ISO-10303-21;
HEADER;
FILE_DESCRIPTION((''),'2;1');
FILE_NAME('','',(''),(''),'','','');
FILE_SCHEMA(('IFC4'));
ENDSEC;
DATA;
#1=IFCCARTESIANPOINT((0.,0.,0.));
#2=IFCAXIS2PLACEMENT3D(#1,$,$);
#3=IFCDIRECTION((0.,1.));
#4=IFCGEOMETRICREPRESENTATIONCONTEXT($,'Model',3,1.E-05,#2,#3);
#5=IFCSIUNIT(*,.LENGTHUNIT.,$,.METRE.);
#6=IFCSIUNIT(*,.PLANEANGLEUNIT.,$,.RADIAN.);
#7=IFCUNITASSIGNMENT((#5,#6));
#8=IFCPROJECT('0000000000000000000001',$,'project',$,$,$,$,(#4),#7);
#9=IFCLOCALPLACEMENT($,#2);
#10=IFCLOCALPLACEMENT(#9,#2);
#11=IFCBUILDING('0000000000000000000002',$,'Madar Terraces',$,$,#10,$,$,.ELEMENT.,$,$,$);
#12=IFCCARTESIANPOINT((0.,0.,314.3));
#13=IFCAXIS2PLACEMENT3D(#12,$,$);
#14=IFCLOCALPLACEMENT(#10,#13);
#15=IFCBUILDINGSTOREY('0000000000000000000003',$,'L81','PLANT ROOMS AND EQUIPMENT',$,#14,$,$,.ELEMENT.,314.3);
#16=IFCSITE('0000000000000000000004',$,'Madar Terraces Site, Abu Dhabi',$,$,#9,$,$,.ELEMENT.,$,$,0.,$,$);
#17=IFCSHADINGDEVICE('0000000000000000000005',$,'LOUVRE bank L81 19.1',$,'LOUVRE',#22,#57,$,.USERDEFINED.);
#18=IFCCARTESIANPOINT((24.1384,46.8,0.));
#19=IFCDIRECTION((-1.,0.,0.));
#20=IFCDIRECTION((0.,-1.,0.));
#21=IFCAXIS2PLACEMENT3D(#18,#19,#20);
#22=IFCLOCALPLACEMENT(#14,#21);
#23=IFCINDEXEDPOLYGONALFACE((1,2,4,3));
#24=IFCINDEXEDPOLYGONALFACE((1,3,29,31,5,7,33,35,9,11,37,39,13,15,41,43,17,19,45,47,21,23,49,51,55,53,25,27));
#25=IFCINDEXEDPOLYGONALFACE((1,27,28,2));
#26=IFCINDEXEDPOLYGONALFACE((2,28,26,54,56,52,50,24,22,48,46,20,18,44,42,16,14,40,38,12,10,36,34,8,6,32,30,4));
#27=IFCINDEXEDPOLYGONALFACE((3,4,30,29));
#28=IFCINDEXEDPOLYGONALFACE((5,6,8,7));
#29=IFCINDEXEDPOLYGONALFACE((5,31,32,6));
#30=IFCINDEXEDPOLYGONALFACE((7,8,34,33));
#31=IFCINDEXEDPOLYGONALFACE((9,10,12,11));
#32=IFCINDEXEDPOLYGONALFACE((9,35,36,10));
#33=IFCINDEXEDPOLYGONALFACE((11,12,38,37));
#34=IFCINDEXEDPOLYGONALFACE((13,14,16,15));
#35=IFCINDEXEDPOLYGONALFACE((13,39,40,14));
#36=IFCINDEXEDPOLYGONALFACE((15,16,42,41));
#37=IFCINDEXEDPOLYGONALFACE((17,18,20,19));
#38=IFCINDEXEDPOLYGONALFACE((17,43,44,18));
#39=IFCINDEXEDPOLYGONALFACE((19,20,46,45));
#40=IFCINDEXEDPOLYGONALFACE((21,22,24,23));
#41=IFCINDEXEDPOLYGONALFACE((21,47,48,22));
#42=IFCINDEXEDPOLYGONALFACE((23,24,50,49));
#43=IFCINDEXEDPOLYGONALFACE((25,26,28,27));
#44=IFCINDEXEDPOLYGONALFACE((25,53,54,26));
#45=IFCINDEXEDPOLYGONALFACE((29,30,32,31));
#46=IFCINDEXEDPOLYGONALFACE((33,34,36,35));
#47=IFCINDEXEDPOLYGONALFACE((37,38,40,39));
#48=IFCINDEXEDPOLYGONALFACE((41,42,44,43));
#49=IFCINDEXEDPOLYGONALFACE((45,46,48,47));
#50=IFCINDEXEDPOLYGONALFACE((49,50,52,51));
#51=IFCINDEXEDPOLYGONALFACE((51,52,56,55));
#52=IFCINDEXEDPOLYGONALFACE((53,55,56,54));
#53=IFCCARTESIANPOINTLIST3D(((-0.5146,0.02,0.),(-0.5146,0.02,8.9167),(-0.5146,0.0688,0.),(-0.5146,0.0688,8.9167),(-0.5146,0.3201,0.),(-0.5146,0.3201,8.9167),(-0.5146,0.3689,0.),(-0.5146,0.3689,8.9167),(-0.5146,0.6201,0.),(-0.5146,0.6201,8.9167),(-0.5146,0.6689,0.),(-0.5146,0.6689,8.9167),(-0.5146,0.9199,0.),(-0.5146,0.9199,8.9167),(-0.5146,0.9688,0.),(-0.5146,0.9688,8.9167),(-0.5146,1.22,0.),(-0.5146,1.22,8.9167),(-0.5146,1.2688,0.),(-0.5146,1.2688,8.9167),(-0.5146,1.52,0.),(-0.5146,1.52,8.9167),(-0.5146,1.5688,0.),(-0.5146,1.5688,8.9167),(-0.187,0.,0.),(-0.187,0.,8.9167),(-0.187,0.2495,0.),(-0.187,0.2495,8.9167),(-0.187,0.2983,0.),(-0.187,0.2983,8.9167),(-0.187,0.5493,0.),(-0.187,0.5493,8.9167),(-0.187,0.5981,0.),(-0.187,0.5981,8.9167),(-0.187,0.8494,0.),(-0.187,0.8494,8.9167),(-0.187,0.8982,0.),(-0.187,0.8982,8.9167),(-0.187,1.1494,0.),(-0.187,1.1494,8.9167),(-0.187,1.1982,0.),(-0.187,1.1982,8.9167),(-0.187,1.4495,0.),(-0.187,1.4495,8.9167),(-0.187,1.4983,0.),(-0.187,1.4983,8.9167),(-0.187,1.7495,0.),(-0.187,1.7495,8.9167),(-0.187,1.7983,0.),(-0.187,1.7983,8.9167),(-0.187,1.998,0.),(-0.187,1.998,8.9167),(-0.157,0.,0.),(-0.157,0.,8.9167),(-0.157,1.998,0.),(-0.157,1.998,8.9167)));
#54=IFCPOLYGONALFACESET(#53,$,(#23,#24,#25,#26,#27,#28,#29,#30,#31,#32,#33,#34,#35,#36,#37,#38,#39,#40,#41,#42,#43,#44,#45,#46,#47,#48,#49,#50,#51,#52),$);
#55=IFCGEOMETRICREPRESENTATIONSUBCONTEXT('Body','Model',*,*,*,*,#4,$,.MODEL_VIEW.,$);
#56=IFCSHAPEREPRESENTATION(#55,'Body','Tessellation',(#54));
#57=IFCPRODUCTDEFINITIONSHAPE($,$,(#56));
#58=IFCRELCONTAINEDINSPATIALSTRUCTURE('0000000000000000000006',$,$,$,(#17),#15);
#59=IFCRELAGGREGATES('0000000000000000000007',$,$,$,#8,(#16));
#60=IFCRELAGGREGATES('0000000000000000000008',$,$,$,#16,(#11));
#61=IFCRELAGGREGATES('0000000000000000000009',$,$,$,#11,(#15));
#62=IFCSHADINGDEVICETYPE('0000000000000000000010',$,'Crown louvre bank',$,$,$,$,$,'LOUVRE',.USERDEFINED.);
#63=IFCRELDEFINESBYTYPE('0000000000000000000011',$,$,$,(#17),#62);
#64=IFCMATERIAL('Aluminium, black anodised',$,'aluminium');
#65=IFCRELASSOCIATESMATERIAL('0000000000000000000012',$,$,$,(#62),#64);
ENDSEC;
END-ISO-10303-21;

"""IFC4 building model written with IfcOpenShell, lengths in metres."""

from ifc_helpers import new_model, si_unit, direction, frame, origin, place, context, subcontext, project, spatial, polyline, outline, extrude, material, type_object, element, save


model = new_model("IFC4")

# Units and contexts
model_context = context("Model", 3, precision=1e-05, world=origin(), true_north=direction((0.0, 1.0)))
body_context = subcontext(model_context, "Body", "Model", "MODEL_VIEW")
ifc_project = project(units=[si_unit("LENGTHUNIT", "METRE"), si_unit("PLANEANGLEUNIT", "RADIAN")], contexts=[model_context])

# Site, building, storey
site_placement = place(None, origin())
site = spatial("IfcSite", under=ifc_project, at=site_placement, Name="Madar Terraces Site, Abu Dhabi", CompositionType="ELEMENT", RefElevation=0.0)
building_placement = place(site_placement, origin())
building = spatial("IfcBuilding", under=site, at=building_placement, Name="Madar Terraces", CompositionType="ELEMENT")
storey_placement = place(building_placement, frame((0.0, 0.0, 314.3)))
storey = spatial("IfcBuildingStorey", under=building, at=storey_placement, Name="L81", Description="PLANT ROOMS AND EQUIPMENT", CompositionType="ELEMENT", Elevation=314.3)

# Shading device
ifc_material_1 = material(Name="Aluminium, black anodised", Category="aluminium")
shading_device_type = type_object("IfcShadingDeviceType", Name="Crown louvre bank", ElementType="LOUVRE", PredefinedType="USERDEFINED", material=ifc_material_1)
shading_device_1_placement = place(storey_placement, frame((24.1384, 46.8, 0.0), z_axis=(-1.0, 0.0, 0.0), x_axis=(0.0, -1.0, 0.0)))
element("IfcShadingDevice", 1, at=shading_device_1_placement, inside=storey, type_object=shading_device_type, Name="LOUVRE bank L81 19.1", ObjectType="LOUVRE", PredefinedType="USERDEFINED", context=body_context, shape_type="SweptSolid", body=[
    extrude(outline(polyline([(-0.157, 0.0), (-0.187, 0.0), (-0.187, 0.2495), (-0.5146, 0.02), (-0.5146, 0.0688), (-0.187, 0.2983), (-0.187, 0.5493), (-0.5146, 0.3201), (-0.5146, 0.3689), (-0.187, 0.5981), (-0.187, 0.8494), (-0.5146, 0.6201), (-0.5146, 0.6689), (-0.187, 0.8982), (-0.187, 1.1494), (-0.5146, 0.9199), (-0.5146, 0.9688), (-0.187, 1.1982), (-0.187, 1.4495), (-0.5146, 1.22), (-0.5146, 1.2688), (-0.187, 1.4983), (-0.187, 1.7495), (-0.5146, 1.52), (-0.5146, 1.5688), (-0.187, 1.7983), (-0.187, 1.998), (-0.157, 1.998), (-0.157, 0.0)])), origin(), (0.0, 0.0, 1.0), 8.9167),
])

save(model, "model.ifc")
